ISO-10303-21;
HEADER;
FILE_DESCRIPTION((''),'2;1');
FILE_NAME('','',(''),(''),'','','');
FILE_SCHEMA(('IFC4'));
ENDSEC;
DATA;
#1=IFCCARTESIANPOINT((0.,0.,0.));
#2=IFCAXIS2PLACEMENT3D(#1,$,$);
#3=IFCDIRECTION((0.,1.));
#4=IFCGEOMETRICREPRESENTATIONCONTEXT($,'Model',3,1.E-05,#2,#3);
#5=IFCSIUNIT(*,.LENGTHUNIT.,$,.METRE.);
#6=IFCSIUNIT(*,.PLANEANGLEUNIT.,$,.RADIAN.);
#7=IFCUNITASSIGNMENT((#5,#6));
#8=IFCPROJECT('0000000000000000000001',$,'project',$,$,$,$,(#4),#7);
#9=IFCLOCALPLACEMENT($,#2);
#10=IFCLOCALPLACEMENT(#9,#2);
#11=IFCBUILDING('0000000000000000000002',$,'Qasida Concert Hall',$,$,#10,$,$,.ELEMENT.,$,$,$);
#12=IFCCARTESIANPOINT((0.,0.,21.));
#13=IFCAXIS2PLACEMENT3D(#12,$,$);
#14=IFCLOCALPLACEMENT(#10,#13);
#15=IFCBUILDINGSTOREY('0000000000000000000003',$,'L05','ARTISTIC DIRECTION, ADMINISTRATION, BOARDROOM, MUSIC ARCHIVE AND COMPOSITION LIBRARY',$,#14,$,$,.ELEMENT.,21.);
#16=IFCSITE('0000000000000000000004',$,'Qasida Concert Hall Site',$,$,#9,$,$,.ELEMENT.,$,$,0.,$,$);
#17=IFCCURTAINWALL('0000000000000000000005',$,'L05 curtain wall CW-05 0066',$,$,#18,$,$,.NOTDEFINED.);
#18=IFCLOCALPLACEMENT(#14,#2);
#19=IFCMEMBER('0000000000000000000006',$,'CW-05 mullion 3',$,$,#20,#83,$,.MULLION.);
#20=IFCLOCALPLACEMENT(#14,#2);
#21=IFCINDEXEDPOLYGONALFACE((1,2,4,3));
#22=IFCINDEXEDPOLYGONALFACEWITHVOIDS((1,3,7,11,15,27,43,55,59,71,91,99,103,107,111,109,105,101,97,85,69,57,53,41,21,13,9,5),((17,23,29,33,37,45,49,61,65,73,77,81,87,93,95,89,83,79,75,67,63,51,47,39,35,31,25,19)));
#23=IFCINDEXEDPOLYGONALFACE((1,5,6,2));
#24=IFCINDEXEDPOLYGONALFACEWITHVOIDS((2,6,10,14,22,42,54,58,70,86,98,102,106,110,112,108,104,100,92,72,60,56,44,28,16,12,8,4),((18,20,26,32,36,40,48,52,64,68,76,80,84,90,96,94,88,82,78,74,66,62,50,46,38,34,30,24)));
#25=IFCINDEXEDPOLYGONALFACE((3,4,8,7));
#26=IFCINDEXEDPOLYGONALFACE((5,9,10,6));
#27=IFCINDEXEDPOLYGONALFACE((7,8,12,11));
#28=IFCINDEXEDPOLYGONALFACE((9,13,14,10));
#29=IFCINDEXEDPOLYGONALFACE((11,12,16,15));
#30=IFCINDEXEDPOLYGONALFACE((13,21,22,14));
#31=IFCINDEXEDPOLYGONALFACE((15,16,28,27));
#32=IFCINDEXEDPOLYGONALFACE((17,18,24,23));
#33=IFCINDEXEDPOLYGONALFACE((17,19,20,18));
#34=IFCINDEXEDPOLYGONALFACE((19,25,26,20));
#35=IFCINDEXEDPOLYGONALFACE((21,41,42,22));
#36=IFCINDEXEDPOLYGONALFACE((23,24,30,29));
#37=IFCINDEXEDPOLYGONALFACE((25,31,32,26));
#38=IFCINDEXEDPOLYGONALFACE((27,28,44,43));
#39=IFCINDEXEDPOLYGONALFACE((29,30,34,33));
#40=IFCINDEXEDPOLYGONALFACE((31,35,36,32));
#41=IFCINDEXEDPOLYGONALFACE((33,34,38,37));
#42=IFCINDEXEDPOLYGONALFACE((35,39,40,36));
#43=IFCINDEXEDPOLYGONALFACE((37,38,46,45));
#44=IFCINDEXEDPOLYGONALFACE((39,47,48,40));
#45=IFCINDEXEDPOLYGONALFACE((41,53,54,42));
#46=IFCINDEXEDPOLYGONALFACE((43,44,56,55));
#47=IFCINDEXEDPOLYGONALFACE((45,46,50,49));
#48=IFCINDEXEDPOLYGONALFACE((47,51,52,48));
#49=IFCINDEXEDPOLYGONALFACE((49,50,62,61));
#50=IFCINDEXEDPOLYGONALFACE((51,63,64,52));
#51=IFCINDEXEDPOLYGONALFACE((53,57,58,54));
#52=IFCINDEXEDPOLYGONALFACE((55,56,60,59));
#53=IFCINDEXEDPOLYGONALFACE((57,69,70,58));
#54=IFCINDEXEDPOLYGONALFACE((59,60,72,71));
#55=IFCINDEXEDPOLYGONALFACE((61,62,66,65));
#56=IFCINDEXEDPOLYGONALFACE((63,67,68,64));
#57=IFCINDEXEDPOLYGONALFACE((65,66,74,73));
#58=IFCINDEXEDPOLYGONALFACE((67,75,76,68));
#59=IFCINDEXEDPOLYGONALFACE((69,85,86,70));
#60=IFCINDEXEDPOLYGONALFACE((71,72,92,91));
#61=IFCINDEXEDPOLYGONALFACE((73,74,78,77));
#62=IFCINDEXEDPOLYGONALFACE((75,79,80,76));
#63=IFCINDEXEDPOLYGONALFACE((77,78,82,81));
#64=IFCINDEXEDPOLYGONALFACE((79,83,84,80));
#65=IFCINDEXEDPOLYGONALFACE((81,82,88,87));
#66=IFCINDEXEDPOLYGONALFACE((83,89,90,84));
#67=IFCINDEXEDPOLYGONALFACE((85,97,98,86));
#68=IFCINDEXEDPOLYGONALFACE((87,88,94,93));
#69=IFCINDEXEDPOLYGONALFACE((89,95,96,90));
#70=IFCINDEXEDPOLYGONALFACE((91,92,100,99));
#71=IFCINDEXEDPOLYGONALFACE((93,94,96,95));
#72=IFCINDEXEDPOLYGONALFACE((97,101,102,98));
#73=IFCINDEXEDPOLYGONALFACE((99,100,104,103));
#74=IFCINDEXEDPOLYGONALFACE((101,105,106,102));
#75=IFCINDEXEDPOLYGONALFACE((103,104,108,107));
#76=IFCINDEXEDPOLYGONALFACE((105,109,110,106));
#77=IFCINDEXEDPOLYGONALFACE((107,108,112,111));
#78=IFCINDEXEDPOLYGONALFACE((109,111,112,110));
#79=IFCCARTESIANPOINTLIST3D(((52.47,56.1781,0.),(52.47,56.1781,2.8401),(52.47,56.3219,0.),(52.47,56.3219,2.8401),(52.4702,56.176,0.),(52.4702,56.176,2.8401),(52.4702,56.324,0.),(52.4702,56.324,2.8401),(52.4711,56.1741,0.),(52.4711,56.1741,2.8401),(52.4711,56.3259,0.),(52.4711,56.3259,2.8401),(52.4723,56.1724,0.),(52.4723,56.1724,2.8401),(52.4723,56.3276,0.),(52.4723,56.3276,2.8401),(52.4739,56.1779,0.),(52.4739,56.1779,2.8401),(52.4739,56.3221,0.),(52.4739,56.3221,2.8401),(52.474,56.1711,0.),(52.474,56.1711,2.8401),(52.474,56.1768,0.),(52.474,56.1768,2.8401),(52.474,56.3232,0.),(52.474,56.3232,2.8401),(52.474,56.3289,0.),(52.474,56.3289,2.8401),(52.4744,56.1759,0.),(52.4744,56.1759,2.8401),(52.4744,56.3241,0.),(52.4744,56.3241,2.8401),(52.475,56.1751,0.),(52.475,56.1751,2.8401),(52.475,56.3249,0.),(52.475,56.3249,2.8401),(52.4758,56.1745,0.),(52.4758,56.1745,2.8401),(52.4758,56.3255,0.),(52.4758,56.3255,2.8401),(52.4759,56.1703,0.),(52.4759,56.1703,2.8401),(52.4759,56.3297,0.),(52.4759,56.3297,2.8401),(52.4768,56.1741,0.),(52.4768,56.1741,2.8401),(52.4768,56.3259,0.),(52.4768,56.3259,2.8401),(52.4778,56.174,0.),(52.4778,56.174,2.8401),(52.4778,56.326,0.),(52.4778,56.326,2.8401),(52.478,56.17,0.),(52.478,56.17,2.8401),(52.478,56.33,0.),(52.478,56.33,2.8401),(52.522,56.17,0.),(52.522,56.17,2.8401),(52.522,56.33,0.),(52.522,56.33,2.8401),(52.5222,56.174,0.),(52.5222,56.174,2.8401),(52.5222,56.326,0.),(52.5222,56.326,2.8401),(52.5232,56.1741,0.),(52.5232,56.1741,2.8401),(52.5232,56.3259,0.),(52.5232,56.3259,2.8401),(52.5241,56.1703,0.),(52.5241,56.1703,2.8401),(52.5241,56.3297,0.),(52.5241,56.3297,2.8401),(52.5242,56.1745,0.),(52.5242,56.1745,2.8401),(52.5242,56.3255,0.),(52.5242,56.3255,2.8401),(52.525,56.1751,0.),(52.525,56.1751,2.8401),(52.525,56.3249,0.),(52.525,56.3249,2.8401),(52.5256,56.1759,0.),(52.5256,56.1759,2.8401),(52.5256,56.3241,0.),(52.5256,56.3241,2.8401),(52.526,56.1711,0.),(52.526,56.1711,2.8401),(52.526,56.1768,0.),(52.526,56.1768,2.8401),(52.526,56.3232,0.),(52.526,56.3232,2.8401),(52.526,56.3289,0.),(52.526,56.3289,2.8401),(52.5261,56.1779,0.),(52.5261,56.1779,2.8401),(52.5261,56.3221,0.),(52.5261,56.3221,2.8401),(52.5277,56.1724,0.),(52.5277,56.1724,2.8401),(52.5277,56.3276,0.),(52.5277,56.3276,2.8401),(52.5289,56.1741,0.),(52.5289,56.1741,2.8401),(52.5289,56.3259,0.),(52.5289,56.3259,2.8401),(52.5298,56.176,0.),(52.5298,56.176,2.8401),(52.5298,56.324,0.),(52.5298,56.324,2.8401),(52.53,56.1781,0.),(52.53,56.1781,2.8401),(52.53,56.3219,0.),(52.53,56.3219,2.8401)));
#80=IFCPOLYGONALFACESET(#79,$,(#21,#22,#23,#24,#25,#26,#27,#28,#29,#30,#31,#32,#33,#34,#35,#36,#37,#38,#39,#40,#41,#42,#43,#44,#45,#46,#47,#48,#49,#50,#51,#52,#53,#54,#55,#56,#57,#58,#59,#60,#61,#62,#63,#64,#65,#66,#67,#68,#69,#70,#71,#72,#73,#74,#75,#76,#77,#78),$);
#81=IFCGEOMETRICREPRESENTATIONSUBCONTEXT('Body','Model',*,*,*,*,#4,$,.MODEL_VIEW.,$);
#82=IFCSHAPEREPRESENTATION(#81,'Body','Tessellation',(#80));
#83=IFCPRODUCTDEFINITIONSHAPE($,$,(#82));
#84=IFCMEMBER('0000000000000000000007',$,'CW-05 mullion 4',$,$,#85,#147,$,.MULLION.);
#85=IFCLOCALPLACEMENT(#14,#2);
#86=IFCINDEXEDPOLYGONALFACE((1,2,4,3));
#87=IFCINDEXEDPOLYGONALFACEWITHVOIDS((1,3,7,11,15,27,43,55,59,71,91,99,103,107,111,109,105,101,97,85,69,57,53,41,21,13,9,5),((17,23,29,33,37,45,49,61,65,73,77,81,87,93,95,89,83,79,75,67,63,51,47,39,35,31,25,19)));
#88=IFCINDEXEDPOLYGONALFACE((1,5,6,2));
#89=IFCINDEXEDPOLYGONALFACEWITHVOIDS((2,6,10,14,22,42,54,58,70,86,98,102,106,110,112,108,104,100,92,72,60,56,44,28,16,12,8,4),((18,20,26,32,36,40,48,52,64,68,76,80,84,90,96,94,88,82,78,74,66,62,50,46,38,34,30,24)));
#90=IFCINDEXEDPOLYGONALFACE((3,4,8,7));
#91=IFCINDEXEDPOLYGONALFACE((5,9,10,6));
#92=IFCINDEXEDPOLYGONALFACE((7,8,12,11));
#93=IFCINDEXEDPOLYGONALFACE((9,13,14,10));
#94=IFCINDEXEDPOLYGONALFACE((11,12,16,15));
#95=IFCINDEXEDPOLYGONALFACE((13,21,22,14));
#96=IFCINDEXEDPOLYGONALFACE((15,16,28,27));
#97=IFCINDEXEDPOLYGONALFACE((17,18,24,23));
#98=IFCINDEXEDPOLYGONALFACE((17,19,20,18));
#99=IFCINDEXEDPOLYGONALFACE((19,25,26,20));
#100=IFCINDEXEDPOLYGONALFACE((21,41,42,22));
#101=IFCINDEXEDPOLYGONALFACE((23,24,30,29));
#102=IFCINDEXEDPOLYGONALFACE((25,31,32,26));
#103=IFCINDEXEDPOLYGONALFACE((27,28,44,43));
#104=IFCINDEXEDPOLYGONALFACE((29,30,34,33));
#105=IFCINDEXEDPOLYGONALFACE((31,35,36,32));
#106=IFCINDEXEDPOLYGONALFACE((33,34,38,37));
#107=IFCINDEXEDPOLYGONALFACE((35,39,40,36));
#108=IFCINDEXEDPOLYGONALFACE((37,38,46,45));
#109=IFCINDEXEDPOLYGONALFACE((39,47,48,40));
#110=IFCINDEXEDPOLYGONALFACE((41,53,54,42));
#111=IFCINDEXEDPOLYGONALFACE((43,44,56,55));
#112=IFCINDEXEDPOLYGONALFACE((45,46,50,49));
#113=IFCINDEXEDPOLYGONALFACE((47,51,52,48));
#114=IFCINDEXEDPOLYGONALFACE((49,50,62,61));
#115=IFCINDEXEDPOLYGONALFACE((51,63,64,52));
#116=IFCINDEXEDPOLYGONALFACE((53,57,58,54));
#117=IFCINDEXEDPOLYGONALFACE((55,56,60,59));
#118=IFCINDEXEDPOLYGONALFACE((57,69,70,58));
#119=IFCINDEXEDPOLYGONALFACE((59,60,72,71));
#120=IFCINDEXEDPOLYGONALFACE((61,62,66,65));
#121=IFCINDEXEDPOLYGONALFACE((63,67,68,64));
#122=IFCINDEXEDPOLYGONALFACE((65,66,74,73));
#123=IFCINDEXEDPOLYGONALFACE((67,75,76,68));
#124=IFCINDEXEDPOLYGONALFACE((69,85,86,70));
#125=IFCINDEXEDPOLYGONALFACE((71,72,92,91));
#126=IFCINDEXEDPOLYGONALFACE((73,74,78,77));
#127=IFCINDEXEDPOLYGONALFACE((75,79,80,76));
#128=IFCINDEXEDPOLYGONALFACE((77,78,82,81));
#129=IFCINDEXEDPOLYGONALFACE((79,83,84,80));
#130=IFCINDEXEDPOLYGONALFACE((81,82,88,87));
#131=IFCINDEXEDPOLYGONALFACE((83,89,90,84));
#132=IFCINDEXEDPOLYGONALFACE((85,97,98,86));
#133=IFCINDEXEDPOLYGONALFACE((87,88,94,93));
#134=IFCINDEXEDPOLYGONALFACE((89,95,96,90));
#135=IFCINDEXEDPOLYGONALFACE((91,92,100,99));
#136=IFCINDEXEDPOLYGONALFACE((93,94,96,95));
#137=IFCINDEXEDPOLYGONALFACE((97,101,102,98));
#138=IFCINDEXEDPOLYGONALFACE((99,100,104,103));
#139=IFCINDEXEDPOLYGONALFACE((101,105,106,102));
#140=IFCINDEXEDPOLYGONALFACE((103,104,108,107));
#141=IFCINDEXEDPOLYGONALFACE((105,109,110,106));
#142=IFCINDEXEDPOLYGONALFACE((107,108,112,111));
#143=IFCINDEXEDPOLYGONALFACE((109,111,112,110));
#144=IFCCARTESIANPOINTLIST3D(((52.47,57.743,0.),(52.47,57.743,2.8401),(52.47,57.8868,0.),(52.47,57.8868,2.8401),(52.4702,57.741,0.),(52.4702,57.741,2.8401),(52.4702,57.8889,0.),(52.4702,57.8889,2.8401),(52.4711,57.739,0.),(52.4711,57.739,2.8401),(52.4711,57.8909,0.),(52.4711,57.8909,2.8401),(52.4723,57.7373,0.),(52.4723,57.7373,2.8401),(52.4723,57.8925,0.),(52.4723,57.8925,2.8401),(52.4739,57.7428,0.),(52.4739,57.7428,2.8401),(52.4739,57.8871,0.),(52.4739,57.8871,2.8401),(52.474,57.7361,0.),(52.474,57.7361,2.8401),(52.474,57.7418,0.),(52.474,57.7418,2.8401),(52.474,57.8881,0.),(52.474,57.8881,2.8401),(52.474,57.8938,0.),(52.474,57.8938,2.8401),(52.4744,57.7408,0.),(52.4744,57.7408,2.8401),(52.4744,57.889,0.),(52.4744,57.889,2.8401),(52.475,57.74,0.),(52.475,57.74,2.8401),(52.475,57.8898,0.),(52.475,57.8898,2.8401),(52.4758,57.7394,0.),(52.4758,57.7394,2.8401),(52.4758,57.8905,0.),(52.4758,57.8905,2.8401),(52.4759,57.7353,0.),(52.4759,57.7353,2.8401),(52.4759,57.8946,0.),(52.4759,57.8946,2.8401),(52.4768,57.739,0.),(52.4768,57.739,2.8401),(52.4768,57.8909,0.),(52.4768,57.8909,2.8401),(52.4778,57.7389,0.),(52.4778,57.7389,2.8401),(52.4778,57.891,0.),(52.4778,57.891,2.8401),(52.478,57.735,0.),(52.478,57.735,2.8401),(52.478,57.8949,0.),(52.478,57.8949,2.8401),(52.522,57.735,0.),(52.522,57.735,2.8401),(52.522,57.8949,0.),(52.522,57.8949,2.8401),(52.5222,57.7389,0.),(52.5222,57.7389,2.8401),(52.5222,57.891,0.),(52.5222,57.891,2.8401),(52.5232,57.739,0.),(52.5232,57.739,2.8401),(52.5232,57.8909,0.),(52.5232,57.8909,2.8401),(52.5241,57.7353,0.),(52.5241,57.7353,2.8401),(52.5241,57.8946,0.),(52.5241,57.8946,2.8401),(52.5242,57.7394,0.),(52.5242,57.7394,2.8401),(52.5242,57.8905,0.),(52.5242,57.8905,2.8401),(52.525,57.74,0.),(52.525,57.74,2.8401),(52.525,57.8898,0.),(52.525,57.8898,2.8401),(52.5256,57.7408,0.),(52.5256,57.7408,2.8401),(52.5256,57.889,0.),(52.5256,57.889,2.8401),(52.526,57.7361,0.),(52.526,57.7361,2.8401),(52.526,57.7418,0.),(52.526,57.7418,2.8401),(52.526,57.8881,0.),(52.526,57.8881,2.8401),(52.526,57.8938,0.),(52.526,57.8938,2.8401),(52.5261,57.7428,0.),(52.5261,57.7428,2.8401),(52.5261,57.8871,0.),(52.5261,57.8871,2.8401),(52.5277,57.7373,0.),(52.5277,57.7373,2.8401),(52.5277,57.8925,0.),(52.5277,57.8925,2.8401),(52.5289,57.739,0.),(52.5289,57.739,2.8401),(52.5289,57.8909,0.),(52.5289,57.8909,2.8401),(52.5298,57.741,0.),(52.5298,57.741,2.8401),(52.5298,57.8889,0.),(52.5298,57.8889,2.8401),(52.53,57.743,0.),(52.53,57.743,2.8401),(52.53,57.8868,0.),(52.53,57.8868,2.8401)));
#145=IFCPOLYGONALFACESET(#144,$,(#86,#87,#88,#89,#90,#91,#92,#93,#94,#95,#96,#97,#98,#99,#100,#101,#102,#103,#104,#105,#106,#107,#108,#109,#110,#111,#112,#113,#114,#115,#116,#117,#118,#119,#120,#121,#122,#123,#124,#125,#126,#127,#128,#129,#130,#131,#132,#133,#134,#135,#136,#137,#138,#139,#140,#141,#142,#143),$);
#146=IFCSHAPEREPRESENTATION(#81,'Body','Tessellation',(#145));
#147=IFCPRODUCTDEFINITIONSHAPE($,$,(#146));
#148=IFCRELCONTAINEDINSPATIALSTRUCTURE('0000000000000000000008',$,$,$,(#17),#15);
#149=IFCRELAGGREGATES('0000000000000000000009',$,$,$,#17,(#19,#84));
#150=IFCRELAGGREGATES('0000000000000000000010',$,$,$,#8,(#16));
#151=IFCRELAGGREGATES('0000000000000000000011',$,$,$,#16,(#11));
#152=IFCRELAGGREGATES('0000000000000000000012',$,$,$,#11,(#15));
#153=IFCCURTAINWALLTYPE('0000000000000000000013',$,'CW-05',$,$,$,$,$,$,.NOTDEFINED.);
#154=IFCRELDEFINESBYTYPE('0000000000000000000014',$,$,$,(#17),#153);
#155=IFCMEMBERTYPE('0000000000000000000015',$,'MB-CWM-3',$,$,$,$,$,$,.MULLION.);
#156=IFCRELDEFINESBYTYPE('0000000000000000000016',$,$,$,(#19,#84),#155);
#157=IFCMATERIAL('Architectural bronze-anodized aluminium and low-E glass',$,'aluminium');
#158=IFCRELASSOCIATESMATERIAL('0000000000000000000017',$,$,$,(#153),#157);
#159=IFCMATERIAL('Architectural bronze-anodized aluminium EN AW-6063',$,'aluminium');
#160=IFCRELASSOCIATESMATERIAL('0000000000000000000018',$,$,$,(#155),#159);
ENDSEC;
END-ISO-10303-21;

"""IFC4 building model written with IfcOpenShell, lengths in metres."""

from ifc_helpers import new_model, si_unit, direction, frame, origin, origin_2d, place, context, subcontext, project, spatial, hollow_rectangle, extrude, material, material_profile, profile_set, type_object, element, aggregate, save


model = new_model("IFC4")

# Units and contexts
model_context = context("Model", 3, precision=1e-05, world=origin(), true_north=direction((0.0, 1.0)))
body_context = subcontext(model_context, "Body", "Model", "MODEL_VIEW")
ifc_project = project(units=[si_unit("LENGTHUNIT", "METRE"), si_unit("PLANEANGLEUNIT", "RADIAN")], contexts=[model_context])

# Site, building, storey
site_placement = place(None, origin())
site = spatial("IfcSite", under=ifc_project, at=site_placement, Name="Qasida Concert Hall Site", CompositionType="ELEMENT", RefElevation=0.0)
building_placement = place(site_placement, origin())
building = spatial("IfcBuilding", under=site, at=building_placement, Name="Qasida Concert Hall", CompositionType="ELEMENT")
storey_placement = place(building_placement, frame((0.0, 0.0, 21.0)))
storey = spatial("IfcBuildingStorey", under=building, at=storey_placement, Name="L05", Description="ARTISTIC DIRECTION, ADMINISTRATION, BOARDROOM, MUSIC ARCHIVE AND COMPOSITION LIBRARY", CompositionType="ELEMENT", Elevation=21.0)

# Curtain wall, members
ifc_material_1 = material(Name="Architectural bronze-anodized aluminium and low-E glass", Category="aluminium")
curtain_wall_type = type_object("IfcCurtainWallType", Name="CW-05", PredefinedType="NOTDEFINED", material=ifc_material_1)
curtain_wall_placement = place(storey_placement, origin())
curtain_wall = element("IfcCurtainWall", 1, at=curtain_wall_placement, inside=storey, type_object=curtain_wall_type, Name="L05 curtain wall CW-05 0066", PredefinedType="NOTDEFINED")
ifc_material_2 = material(Name="Architectural bronze-anodized aluminium EN AW-6063", Category="aluminium")
ifc_material_profile_1 = material_profile(ifc_material_2, hollow_rectangle(XDim=0.0601, YDim=0.1599, WallThickness=0.0039, InnerFilletRadius=0.0039, OuterFilletRadius=0.0081, at=origin_2d()), Name="CWM 160x60x4")
ifc_profile_set_1 = profile_set([ifc_material_profile_1], Name="Architectural bronze-anodized aluminium EN AW-6063")
member_type_1 = type_object("IfcMemberType", Name="MB-CWM-3", PredefinedType="MULLION", material=ifc_profile_set_1)
member_1_placement = place(storey_placement, frame((52.5, 56.25, 0.0), z_axis=(0.0, 0.0, 1.0), x_axis=(-1.0, 0.0, 0.0)))
member_1 = element("IfcMember", 2, at=member_1_placement, type_object=member_type_1, Name="CW-05 mullion 3", PredefinedType="MULLION", context=body_context, shape_type="SweptSolid", body=[
    extrude(hollow_rectangle(XDim=0.0601, YDim=0.1599, WallThickness=0.0039, InnerFilletRadius=0.0039, OuterFilletRadius=0.0081, at=origin_2d()), origin(), (0.0, 0.0, 1.0), 2.8401),
])
member_2_placement = place(storey_placement, frame((52.5, 57.8149, 0.0), z_axis=(0.0, 0.0, 1.0), x_axis=(-1.0, 0.0, 0.0)))
member_2 = element("IfcMember", 3, at=member_2_placement, type_object=member_type_1, Name="CW-05 mullion 4", PredefinedType="MULLION", context=body_context, shape_type="SweptSolid", body=[
    extrude(hollow_rectangle(XDim=0.0601, YDim=0.1599, WallThickness=0.0039, InnerFilletRadius=0.0039, OuterFilletRadius=0.0081, at=origin_2d()), origin(), (0.0, 0.0, 1.0), 2.8401),
])
aggregate(curtain_wall, [member_1, member_2])

save(model, "model.ifc")
